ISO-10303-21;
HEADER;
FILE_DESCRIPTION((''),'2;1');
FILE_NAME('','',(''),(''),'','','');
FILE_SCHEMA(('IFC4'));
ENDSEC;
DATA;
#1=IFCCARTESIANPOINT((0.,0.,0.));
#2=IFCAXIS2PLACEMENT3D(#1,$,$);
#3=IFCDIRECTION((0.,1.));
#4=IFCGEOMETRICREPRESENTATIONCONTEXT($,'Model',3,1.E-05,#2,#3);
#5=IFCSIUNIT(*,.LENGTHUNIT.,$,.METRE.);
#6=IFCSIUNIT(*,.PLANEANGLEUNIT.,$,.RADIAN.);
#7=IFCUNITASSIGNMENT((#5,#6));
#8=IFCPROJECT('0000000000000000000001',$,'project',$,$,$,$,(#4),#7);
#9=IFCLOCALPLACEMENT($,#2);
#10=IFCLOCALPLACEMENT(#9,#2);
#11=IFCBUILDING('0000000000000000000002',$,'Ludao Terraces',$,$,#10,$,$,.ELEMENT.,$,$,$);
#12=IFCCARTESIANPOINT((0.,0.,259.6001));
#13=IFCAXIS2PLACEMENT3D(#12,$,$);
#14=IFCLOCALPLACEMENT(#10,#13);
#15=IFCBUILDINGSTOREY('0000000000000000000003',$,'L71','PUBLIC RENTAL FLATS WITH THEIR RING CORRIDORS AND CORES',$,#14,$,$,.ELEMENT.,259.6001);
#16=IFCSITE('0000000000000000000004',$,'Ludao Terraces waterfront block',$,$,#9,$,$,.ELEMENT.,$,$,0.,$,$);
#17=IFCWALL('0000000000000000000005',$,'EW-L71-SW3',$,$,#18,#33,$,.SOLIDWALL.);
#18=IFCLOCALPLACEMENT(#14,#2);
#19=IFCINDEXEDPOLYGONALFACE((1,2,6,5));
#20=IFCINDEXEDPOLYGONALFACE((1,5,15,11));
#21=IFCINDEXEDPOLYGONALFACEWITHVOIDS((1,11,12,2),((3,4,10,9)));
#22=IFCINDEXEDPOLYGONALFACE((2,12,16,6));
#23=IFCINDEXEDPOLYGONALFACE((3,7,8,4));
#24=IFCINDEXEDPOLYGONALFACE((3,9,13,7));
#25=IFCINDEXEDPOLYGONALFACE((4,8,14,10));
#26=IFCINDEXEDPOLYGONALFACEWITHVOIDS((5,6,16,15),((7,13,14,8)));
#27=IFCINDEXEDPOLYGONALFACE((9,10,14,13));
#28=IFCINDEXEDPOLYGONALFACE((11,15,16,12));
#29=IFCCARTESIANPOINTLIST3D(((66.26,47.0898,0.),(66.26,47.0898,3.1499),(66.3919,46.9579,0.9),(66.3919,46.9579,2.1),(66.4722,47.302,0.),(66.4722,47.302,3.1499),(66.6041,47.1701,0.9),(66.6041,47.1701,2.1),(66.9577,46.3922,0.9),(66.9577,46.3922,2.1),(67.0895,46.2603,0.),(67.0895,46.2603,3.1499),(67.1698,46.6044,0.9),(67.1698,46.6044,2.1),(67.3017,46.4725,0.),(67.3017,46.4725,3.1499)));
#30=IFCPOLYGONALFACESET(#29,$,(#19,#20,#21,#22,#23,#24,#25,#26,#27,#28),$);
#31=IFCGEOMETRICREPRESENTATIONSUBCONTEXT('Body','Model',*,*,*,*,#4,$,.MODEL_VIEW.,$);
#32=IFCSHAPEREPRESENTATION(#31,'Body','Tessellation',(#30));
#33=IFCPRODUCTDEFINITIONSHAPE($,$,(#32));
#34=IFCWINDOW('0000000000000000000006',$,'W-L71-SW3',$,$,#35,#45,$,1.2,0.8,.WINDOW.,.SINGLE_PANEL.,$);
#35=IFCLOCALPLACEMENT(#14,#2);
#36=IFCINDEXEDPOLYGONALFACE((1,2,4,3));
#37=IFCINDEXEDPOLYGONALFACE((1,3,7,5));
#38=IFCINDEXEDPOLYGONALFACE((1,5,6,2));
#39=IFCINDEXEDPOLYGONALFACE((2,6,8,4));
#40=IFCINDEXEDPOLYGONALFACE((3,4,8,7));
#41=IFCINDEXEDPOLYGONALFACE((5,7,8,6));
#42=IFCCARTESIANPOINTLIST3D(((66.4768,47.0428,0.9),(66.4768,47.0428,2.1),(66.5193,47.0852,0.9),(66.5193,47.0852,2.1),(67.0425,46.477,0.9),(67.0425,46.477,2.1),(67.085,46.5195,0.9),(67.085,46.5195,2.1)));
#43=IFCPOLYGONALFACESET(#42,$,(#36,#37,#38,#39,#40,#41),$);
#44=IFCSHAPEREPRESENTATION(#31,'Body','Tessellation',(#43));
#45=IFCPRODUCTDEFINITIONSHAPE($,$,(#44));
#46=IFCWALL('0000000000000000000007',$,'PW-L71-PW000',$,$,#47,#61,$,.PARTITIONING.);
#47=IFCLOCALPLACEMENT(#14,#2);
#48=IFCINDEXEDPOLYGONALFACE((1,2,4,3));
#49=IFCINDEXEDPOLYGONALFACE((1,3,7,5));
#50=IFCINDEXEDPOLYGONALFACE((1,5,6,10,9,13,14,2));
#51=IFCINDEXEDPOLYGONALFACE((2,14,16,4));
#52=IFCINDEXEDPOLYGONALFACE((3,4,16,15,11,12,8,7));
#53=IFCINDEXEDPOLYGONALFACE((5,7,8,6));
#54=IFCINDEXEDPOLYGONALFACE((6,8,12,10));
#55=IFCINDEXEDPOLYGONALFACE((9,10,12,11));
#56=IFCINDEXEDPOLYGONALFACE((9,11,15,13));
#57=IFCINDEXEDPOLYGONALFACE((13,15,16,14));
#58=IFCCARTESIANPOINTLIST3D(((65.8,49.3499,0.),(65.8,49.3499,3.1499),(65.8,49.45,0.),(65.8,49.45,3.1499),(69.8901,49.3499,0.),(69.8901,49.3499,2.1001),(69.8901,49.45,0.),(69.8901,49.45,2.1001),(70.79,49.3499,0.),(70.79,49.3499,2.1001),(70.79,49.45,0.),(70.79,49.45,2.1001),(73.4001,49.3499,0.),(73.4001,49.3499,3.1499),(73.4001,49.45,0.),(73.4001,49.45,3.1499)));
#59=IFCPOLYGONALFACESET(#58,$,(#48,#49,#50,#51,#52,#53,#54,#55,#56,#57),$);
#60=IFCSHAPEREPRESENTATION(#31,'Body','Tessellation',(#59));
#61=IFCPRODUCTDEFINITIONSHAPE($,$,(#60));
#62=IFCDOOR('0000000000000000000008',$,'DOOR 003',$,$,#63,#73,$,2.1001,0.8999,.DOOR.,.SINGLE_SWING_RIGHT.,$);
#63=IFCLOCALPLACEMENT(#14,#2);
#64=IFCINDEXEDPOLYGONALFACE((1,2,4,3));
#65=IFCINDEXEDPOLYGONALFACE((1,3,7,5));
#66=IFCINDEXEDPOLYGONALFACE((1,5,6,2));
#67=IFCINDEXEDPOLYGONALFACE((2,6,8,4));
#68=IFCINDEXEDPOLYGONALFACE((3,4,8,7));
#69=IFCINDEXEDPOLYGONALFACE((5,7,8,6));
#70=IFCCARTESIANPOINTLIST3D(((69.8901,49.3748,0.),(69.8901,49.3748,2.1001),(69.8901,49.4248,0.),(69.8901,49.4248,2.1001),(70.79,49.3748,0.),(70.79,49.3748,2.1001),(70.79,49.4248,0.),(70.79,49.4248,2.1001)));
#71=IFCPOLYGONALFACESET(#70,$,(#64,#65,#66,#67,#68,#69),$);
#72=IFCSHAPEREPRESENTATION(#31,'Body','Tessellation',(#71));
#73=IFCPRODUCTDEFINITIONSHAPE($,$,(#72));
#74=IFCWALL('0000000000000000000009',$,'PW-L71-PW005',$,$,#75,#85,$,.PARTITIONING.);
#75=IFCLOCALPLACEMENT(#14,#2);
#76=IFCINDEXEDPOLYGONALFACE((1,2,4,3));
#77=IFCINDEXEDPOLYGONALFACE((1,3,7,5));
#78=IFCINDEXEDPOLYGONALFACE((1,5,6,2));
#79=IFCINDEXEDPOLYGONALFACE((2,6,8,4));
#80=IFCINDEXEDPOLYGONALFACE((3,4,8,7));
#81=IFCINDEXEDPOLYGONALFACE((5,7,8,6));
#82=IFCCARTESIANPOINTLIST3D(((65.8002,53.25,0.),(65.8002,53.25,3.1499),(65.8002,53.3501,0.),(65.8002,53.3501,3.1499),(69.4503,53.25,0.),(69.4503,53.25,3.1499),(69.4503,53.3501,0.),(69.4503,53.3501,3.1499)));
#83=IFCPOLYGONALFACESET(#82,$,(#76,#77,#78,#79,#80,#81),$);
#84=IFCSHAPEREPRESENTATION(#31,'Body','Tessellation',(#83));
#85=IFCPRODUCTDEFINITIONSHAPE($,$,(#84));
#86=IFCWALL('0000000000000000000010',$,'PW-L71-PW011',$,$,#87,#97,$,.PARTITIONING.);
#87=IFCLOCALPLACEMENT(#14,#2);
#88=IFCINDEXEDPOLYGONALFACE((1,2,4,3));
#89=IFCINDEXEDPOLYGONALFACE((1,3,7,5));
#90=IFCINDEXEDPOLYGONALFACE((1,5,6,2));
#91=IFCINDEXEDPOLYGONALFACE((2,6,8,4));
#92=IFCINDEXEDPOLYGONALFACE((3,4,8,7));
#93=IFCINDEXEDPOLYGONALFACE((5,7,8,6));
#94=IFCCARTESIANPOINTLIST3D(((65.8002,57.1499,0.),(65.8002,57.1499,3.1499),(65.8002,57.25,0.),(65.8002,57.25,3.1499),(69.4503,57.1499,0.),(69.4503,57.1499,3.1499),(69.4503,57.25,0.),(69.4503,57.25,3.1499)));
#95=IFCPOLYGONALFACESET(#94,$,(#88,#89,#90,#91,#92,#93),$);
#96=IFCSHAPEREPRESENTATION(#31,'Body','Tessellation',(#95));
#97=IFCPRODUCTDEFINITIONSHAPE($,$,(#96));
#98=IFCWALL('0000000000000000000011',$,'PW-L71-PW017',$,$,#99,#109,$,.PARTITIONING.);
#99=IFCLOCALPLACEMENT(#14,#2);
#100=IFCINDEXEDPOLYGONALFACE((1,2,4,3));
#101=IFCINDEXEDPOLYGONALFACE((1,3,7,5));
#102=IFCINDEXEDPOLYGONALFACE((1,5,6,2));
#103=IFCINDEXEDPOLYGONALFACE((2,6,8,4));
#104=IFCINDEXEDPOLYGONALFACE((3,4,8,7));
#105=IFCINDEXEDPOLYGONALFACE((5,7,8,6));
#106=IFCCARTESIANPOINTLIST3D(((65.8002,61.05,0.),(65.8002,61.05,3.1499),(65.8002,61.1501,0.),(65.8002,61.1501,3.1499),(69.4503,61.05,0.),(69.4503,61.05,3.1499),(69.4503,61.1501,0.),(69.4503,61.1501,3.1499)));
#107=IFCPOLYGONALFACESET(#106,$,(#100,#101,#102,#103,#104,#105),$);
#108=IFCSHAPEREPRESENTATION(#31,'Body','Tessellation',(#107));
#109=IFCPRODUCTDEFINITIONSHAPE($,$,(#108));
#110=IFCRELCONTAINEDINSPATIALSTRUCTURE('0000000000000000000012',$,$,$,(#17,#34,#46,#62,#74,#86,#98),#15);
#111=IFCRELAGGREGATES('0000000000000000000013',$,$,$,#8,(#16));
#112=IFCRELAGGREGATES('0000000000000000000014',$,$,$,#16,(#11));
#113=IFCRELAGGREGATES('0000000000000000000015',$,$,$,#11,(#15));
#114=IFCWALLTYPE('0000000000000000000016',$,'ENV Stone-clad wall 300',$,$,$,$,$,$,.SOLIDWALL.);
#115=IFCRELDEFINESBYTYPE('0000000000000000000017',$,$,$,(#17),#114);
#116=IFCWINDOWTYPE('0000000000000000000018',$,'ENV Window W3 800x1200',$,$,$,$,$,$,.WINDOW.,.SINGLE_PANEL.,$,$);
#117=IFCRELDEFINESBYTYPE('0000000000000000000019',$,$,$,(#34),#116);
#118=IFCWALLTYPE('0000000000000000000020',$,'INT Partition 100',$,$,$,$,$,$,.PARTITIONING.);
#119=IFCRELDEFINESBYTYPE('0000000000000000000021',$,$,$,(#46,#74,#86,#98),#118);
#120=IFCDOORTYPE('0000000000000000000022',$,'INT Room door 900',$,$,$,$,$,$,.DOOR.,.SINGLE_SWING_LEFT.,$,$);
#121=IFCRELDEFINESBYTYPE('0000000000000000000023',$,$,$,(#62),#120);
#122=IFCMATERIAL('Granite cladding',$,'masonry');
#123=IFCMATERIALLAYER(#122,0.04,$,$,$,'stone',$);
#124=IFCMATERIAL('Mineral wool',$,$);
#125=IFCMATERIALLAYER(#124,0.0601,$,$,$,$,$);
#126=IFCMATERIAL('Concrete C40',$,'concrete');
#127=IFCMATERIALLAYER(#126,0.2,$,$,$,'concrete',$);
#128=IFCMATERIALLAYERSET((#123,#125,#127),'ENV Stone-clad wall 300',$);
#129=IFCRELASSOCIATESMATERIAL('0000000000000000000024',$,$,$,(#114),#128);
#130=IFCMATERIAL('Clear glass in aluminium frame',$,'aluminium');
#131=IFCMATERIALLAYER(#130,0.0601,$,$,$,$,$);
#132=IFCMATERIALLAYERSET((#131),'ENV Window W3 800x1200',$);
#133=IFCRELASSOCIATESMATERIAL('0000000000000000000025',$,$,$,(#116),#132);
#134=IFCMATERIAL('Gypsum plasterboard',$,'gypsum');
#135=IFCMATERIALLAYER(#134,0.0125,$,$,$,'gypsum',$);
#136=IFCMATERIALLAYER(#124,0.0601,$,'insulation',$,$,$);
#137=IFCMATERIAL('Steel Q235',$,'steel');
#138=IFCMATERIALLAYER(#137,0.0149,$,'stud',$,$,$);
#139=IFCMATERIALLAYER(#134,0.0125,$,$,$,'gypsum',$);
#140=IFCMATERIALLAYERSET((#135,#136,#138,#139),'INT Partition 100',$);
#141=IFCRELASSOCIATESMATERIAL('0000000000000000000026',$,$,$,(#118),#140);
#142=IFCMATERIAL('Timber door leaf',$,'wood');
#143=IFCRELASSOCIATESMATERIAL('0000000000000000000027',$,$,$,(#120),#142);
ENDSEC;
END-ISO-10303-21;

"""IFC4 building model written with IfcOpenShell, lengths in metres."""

from ifc_helpers import new_model, si_unit, direction, frame, frame_2d, origin, place, context, subcontext, project, spatial, rectangle, extrude, material, layer, layer_set, type_object, element, fill, save


model = new_model("IFC4")

# Units and contexts
model_context = context("Model", 3, precision=1e-05, world=origin(), true_north=direction((0.0, 1.0)))
body_context = subcontext(model_context, "Body", "Model", "MODEL_VIEW")
ifc_project = project(units=[si_unit("LENGTHUNIT", "METRE"), si_unit("PLANEANGLEUNIT", "RADIAN")], contexts=[model_context])

# Site, building, storey
site_placement = place(None, origin())
site = spatial("IfcSite", under=ifc_project, at=site_placement, Name="Ludao Terraces waterfront block", CompositionType="ELEMENT", RefElevation=0.0)
building_placement = place(site_placement, origin())
building = spatial("IfcBuilding", under=site, at=building_placement, Name="Ludao Terraces", CompositionType="ELEMENT")
storey_placement = place(building_placement, frame((0.0, 0.0, 259.6001)))
storey = spatial("IfcBuildingStorey", under=building, at=storey_placement, Name="L71", Description="PUBLIC RENTAL FLATS WITH THEIR RING CORRIDORS AND CORES", CompositionType="ELEMENT", Elevation=259.6001)

# Shared definitions
ifc_material_1 = material(Name="Concrete C40", Category="concrete")

# Shared definitions
ifc_material_2 = material(Name="Granite cladding", Category="masonry")
ifc_layer_1 = layer(ifc_material_2, 0.04, Category="stone")
ifc_material_3 = material(Name="Mineral wool")
ifc_layer_2 = layer(ifc_material_3, 0.0601)
ifc_layer_3 = layer(ifc_material_1, 0.2, Category="concrete")
ifc_layer_set_1 = layer_set([ifc_layer_1, ifc_layer_2, ifc_layer_3], Name="ENV Stone-clad wall 300")
wall_type_1 = type_object("IfcWallType", Name="ENV Stone-clad wall 300", PredefinedType="SOLIDWALL", material=ifc_layer_set_1)
ifc_material_4 = material(Name="Clear glass in aluminium frame", Category="aluminium")

# Wall, opening, window
ifc_layer_4 = layer(ifc_material_4, 0.0601)
ifc_layer_set_2 = layer_set([ifc_layer_4], Name="ENV Window W3 800x1200")
window_type_1 = type_object("IfcWindowType", Name="ENV Window W3 800x1200", PartitioningType="SINGLE_PANEL", PredefinedType="WINDOW", material=ifc_layer_set_2)
wall_1_placement = place(storey_placement, frame((66.3662, 47.1958, 0.0), z_axis=(0.0, 0.0, 1.0), x_axis=(0.707107, -0.707107, 0.0)))
wall_1 = element("IfcWall", 1, at=wall_1_placement, inside=storey, type_object=wall_type_1, Name="EW-L71-SW3", PredefinedType="SOLIDWALL", context=body_context, shape_type="SweptSolid", body=[
    extrude(rectangle(XDim=1.1731, YDim=0.3, at=frame_2d((0.5864, 0.0))), origin(), (0.0, 0.0, 1.0), 3.1499),
])
opening_1_placement = place(wall_1_placement, frame((0.1865, 0.0, 0.8999)))
opening_1 = element("IfcOpeningElement", 2, at=opening_1_placement, cuts=wall_1, PredefinedType="OPENING", context=body_context, shape_type="SweptSolid", body=[
    extrude(rectangle(XDim=0.8, YDim=1.2, at=frame_2d((0.3999, 0.6001))), frame((0.0, 0.1602, 0.0), z_axis=(0.0, -1.0, 0.0), x_axis=(1.0, 0.0, 0.0)), (0.0, 0.0, 1.0), 0.3201),
])
window_1_placement = place(opening_1_placement, origin())
window_1 = element("IfcWindow", 3, at=window_1_placement, inside=storey, type_object=window_type_1, Name="W-L71-SW3", OverallHeight=1.2, OverallWidth=0.8, PartitioningType="SINGLE_PANEL", PredefinedType="WINDOW", context=body_context, shape_type="SweptSolid", body=[
    extrude(rectangle(XDim=0.8, YDim=1.2, at=frame_2d((0.3999, 0.6001))), frame((0.0, 0.03, 0.0), z_axis=(0.0, -1.0, 0.0), x_axis=(1.0, 0.0, 0.0)), (0.0, 0.0, 1.0), 0.0601),
])
fill(opening_1, window_1)

# Wall, opening, door
ifc_material_5 = material(Name="Gypsum plasterboard", Category="gypsum")
ifc_layer_5 = layer(ifc_material_5, 0.0125, Category="gypsum")
ifc_layer_6 = layer(ifc_material_3, 0.0601, Name="insulation")
ifc_material_6 = material(Name="Steel Q235", Category="steel")
ifc_layer_7 = layer(ifc_material_6, 0.0149, Name="stud")
ifc_layer_8 = layer(ifc_material_5, 0.0125, Category="gypsum")
ifc_layer_set_3 = layer_set([ifc_layer_5, ifc_layer_6, ifc_layer_7, ifc_layer_8], Name="INT Partition 100")
wall_type_2 = type_object("IfcWallType", Name="INT Partition 100", PredefinedType="PARTITIONING", material=ifc_layer_set_3)
wall_2_placement = place(storey_placement, frame((65.8, 49.3999, 0.0), z_axis=(0.0, 0.0, 1.0), x_axis=(1.0, 0.0, 0.0)))
wall_2 = element("IfcWall", 4, at=wall_2_placement, inside=storey, type_object=wall_type_2, Name="PW-L71-PW000", PredefinedType="PARTITIONING", context=body_context, shape_type="SweptSolid", body=[
    extrude(rectangle(XDim=7.6001, YDim=0.1001, at=frame_2d((3.8, 0.0))), origin(), (0.0, 0.0, 1.0), 3.1499),
])
opening_2_placement = place(wall_2_placement, frame((4.0901, 0.0, 0.0)))
opening_2 = element("IfcOpeningElement", 5, at=opening_2_placement, cuts=wall_2, PredefinedType="OPENING", context=body_context, shape_type="SweptSolid", body=[
    extrude(rectangle(XDim=0.8999, YDim=2.1001, at=frame_2d((0.45, 1.05))), frame((0.0, 0.0601, 0.0), z_axis=(0.0, -1.0, 0.0), x_axis=(1.0, 0.0, 0.0)), (0.0, 0.0, 1.0), 0.1201),
])
ifc_material_7 = material(Name="Timber door leaf", Category="wood")
door_type_1 = type_object("IfcDoorType", Name="INT Room door 900", OperationType="SINGLE_SWING_LEFT", PredefinedType="DOOR", material=ifc_material_7)
door_1_placement = place(opening_2_placement, origin())
door_1 = element("IfcDoor", 6, at=door_1_placement, inside=storey, type_object=door_type_1, Name="DOOR 003", OperationType="SINGLE_SWING_RIGHT", OverallHeight=2.1001, OverallWidth=0.8999, PredefinedType="DOOR", context=body_context, shape_type="SweptSolid", body=[
    extrude(rectangle(XDim=0.8999, YDim=2.1001, at=frame_2d((0.45, 1.05))), frame((0.0, 0.0249, 0.0), z_axis=(0.0, -1.0, 0.0), x_axis=(1.0, 0.0, 0.0)), (0.0, 0.0, 1.0), 0.05),
])
fill(opening_2, door_1)

# Walls
for number, where, z_axis, x_axis, name in (
    (7, (65.8, 53.3, 0.0), (0.0, 0.0, 1.0), (1.0, 0.0, 0.0), "PW-L71-PW005"),
    (8, (65.8, 57.2, 0.0), (0.0, 0.0, 1.0), (1.0, 0.0, 0.0), "PW-L71-PW011"),
    (9, (65.8, 61.1001, 0.0), (0.0, 0.0, 1.0), (1.0, 0.0, 0.0), "PW-L71-PW017"),
):
    element("IfcWall", number, at=place(storey_placement, frame(where, z_axis=z_axis, x_axis=x_axis)), inside=storey, type_object=wall_type_2, Name=name, PredefinedType="PARTITIONING", context=body_context, shape_type="SweptSolid", body=[
        extrude(rectangle(XDim=3.6501, YDim=0.1001, at=frame_2d((1.8252, 0.0))), origin(), (0.0, 0.0, 1.0), 3.1499),
    ])

save(model, "model.ifc")
